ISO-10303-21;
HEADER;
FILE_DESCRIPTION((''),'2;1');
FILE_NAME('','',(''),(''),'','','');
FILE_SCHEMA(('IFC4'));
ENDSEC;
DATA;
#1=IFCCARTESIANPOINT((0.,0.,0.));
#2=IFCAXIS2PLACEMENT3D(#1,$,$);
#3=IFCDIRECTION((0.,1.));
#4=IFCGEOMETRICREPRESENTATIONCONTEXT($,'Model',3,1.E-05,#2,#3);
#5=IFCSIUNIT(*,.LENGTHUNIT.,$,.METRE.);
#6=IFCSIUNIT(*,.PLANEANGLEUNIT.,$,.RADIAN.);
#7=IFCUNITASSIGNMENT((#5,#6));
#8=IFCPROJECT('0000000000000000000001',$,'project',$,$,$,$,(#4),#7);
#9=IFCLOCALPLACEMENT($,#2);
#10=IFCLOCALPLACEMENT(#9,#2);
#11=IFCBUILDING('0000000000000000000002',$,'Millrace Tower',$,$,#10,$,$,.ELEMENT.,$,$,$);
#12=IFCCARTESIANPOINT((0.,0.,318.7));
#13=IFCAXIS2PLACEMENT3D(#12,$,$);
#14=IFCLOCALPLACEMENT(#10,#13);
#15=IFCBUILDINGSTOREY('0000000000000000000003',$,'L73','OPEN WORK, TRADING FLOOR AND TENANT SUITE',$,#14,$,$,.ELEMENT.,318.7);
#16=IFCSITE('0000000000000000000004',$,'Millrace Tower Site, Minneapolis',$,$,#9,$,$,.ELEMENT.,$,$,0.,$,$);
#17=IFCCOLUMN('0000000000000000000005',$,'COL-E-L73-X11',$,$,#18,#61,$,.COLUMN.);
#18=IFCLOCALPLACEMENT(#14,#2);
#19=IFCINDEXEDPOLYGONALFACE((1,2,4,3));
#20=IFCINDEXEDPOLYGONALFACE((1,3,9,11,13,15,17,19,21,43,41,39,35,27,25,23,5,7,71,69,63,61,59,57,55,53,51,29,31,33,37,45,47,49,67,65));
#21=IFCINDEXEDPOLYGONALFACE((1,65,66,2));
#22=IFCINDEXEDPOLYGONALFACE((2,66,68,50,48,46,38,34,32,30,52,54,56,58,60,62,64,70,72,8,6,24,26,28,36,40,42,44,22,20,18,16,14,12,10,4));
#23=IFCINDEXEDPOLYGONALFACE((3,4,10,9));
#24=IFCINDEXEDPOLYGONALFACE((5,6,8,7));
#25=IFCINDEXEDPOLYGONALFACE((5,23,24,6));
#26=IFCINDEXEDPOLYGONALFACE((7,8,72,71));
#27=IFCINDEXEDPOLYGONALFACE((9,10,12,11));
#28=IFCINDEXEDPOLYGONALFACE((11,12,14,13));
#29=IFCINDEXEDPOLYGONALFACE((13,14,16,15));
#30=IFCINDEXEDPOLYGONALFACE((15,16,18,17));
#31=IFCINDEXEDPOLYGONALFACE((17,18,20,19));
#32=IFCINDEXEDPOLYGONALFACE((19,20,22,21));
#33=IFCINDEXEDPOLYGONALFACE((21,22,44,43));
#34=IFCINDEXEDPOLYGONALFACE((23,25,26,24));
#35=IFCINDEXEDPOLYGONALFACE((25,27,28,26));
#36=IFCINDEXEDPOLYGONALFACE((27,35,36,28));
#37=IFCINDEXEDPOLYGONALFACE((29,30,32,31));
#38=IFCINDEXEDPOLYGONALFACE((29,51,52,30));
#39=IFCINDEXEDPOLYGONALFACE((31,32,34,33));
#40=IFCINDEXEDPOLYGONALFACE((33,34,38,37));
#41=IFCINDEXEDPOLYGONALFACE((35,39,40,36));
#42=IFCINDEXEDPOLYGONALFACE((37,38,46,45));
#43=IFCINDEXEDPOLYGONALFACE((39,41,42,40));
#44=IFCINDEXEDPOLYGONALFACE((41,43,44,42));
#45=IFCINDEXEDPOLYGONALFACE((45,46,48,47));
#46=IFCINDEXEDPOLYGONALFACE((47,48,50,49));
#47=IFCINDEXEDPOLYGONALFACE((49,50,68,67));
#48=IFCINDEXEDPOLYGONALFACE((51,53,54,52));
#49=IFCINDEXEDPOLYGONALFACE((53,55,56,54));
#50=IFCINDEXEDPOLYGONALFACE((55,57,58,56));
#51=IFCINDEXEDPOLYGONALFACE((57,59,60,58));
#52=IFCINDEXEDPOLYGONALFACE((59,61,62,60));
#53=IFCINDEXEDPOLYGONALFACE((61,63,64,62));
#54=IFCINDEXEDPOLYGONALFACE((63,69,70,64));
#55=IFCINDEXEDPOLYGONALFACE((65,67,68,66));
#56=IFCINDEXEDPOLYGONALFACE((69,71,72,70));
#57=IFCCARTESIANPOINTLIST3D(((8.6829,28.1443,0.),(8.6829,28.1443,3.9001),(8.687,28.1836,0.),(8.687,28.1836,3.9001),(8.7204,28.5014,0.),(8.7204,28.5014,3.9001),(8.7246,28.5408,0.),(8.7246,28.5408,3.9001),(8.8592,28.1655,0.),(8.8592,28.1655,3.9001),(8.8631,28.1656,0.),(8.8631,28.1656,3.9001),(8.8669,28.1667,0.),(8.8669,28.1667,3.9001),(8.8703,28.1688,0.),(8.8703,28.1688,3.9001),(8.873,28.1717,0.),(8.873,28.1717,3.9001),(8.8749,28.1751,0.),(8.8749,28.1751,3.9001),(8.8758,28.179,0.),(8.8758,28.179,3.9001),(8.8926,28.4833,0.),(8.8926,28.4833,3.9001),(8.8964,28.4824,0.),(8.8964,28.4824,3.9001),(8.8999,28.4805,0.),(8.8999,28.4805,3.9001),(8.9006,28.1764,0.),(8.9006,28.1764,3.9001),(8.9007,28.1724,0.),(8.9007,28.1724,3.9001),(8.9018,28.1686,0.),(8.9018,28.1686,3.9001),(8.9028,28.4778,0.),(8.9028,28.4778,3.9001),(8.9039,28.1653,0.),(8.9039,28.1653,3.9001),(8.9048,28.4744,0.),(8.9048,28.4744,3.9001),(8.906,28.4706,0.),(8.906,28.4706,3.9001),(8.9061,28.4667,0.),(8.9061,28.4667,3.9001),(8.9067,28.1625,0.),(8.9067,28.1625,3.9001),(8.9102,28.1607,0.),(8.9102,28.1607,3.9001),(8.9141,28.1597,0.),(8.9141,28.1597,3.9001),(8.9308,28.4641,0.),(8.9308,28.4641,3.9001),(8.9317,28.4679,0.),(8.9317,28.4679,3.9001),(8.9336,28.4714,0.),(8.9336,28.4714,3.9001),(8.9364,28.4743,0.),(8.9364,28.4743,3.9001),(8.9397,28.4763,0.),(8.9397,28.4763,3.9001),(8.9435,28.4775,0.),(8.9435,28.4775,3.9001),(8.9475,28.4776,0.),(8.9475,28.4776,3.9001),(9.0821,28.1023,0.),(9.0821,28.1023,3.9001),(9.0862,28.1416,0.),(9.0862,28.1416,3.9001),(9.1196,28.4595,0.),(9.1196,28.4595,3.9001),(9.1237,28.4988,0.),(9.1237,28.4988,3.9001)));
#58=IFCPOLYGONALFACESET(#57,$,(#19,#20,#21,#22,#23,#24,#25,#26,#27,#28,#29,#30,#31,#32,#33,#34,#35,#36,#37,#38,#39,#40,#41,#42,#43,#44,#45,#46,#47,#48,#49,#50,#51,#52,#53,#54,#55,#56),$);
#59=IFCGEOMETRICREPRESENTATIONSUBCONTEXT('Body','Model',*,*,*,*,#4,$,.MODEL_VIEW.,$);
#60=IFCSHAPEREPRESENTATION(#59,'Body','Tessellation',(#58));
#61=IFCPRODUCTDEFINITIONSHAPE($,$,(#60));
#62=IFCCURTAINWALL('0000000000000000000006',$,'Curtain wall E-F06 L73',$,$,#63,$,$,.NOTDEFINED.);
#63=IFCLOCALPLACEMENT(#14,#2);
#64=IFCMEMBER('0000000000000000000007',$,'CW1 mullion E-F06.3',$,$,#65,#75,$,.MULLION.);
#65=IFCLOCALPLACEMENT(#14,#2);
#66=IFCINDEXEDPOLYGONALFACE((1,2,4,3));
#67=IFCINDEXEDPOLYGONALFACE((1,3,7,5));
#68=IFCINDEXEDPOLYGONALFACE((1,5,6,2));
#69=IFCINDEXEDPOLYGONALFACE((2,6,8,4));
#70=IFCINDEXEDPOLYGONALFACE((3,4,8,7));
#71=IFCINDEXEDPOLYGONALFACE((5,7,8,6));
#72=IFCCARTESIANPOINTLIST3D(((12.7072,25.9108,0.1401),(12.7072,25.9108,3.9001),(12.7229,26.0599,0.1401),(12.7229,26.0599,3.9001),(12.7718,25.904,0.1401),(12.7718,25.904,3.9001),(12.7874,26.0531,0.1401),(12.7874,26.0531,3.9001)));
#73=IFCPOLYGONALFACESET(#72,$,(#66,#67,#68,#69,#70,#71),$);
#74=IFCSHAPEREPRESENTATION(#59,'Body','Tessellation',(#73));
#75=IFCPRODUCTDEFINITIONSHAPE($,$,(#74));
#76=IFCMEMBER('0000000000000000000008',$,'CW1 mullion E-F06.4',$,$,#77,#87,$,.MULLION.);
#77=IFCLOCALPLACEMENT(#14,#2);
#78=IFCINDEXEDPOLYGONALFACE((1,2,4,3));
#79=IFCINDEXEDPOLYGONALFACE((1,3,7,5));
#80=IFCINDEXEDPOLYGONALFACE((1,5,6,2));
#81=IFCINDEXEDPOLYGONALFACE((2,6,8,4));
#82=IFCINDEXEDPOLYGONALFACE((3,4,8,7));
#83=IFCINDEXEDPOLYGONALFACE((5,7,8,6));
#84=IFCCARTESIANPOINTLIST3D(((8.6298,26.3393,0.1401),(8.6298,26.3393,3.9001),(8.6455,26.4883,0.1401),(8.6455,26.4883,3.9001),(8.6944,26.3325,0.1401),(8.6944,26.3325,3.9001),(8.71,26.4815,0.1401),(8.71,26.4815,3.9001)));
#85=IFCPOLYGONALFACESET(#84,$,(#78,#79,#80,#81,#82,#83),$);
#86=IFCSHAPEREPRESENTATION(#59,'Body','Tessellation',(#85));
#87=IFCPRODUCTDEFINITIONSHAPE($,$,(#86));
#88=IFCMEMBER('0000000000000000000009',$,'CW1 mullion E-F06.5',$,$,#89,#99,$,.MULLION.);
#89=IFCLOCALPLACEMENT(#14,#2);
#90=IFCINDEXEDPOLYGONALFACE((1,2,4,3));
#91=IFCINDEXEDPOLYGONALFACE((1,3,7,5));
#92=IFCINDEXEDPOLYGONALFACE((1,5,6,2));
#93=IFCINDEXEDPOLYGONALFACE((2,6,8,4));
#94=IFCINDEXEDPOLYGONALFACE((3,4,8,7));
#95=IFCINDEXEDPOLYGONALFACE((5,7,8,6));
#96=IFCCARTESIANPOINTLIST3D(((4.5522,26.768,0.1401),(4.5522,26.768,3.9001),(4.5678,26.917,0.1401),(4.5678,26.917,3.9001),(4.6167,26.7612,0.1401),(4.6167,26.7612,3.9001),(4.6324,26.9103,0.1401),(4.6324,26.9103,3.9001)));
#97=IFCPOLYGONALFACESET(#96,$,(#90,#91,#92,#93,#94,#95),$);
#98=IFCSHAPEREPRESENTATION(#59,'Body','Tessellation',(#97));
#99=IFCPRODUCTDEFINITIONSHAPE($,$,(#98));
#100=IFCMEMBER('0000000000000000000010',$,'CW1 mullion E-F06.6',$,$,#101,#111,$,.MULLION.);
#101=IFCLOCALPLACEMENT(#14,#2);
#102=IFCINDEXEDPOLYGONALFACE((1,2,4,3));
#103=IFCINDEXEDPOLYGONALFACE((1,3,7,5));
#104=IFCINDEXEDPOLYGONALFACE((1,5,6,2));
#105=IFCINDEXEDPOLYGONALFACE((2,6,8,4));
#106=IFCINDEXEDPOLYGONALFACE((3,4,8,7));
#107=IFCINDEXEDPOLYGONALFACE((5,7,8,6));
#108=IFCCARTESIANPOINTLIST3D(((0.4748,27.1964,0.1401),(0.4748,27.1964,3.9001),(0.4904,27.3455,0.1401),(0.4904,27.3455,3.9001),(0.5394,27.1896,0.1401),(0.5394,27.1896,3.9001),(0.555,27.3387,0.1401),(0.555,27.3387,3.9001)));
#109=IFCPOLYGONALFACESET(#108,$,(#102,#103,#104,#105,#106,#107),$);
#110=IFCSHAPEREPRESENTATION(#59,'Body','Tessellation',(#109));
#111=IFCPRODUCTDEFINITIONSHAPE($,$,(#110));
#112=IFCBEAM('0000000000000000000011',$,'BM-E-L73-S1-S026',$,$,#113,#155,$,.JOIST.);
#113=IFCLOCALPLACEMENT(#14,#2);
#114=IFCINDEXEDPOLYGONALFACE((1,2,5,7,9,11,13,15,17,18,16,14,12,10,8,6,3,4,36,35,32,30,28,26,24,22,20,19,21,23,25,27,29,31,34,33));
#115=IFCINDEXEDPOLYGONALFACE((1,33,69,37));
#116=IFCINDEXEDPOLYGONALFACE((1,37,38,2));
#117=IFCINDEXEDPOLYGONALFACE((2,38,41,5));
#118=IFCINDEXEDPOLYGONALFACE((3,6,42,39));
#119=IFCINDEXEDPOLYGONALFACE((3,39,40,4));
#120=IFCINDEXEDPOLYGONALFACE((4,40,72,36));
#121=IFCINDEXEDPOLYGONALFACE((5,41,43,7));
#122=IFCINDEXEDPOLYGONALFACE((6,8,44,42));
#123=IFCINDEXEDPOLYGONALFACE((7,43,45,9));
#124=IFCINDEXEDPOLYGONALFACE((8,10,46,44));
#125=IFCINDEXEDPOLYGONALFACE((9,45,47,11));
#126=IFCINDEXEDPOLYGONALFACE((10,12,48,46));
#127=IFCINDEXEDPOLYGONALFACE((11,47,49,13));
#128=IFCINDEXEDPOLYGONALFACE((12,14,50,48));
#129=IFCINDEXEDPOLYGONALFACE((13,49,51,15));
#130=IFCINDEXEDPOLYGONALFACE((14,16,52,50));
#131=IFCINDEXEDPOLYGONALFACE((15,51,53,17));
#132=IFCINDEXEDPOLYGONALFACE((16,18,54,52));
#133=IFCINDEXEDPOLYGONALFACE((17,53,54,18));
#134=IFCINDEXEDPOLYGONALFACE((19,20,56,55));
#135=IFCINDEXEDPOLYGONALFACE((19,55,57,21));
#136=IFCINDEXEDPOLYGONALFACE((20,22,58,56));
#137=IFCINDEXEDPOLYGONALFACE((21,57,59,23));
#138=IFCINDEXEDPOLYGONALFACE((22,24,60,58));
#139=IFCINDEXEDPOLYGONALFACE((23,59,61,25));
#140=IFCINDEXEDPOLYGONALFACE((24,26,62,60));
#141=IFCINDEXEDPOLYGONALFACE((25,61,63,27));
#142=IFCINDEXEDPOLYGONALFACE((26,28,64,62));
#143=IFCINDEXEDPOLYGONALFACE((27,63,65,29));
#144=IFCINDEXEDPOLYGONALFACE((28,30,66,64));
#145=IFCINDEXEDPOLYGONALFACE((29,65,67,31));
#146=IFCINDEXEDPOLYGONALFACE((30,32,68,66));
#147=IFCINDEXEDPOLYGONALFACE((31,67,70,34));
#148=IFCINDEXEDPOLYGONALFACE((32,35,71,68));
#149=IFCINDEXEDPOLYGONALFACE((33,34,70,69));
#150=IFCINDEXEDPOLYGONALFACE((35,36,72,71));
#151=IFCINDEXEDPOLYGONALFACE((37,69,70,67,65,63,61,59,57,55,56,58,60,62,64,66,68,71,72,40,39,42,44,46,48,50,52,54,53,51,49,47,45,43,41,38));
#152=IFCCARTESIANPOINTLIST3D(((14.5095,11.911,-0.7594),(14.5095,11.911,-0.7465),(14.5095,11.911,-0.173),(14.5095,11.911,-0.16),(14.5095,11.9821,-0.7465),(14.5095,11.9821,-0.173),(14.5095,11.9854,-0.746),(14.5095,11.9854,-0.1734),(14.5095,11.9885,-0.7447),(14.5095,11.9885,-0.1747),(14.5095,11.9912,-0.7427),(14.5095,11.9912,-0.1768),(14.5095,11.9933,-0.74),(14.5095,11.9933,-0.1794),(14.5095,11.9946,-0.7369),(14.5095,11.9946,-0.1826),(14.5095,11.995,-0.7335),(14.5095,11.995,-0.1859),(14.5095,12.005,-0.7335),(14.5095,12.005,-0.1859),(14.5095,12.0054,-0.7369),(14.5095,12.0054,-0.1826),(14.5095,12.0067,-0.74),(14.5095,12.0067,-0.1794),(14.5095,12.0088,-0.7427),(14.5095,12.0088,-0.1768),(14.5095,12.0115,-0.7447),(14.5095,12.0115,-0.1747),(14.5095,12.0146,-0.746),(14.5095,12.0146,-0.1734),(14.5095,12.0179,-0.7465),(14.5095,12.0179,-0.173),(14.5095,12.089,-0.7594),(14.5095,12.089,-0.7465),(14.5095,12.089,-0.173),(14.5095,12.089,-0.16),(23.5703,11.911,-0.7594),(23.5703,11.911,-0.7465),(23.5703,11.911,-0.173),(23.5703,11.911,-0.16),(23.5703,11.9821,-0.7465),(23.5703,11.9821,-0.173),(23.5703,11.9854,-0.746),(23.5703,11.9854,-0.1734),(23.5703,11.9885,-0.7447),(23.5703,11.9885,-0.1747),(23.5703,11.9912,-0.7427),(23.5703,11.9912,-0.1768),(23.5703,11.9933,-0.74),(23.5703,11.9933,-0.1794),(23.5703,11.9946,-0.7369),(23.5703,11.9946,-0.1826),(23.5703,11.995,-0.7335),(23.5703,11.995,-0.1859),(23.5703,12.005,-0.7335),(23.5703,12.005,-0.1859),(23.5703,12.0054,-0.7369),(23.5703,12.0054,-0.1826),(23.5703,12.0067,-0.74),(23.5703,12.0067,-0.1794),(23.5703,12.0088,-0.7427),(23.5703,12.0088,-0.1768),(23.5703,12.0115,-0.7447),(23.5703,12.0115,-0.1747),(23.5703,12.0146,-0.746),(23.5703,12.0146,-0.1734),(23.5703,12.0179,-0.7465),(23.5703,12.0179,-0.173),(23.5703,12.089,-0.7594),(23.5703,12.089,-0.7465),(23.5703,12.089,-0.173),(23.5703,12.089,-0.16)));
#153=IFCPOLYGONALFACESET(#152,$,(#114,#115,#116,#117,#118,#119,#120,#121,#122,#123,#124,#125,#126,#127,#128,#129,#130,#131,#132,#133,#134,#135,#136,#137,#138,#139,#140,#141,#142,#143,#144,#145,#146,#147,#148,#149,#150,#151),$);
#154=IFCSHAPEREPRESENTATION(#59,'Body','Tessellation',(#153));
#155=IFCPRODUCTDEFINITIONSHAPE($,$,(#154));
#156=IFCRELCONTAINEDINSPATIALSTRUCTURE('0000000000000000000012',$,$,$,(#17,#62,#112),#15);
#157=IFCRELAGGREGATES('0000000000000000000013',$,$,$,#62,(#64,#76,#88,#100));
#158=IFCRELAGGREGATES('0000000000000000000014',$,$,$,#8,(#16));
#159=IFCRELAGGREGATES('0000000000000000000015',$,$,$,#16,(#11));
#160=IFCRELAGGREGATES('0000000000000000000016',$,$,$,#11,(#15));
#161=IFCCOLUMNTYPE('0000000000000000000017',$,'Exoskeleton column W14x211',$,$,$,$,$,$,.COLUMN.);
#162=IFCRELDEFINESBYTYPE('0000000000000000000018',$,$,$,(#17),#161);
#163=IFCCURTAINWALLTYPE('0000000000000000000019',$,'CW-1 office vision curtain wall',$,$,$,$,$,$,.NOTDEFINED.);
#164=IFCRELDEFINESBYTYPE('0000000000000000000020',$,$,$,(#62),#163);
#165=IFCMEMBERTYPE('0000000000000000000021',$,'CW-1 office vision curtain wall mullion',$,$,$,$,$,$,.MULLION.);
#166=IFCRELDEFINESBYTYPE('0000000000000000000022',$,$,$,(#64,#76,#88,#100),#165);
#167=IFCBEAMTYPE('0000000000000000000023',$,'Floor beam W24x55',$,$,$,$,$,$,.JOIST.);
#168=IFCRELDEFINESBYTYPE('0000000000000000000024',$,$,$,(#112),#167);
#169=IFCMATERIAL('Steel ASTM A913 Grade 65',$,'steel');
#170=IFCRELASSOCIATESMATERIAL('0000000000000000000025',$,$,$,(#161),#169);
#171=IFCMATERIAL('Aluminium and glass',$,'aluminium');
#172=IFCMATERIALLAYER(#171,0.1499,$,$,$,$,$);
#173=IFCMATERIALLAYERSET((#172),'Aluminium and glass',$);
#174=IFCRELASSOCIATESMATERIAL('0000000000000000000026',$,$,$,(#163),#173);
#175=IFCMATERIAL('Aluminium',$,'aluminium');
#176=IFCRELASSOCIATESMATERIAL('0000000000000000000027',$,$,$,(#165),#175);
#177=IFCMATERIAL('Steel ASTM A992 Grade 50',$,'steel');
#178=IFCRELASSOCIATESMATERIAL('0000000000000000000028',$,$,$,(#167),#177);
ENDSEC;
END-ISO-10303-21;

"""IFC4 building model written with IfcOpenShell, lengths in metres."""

from ifc_helpers import new_model, si_unit, direction, frame, origin, origin_2d, place, context, subcontext, project, spatial, rectangle, i_section, extrude, material, layer, layer_set, material_profile, profile_set, type_object, element, aggregate, save


model = new_model("IFC4")

# Units and contexts
model_context = context("Model", 3, precision=1e-05, world=origin(), true_north=direction((0.0, 1.0)))
body_context = subcontext(model_context, "Body", "Model", "MODEL_VIEW")
ifc_project = project(units=[si_unit("LENGTHUNIT", "METRE"), si_unit("PLANEANGLEUNIT", "RADIAN")], contexts=[model_context])

# Site, building, storey
site_placement = place(None, origin())
site = spatial("IfcSite", under=ifc_project, at=site_placement, Name="Millrace Tower Site, Minneapolis", CompositionType="ELEMENT", RefElevation=0.0)
building_placement = place(site_placement, origin())
building = spatial("IfcBuilding", under=site, at=building_placement, Name="Millrace Tower", CompositionType="ELEMENT")
storey_placement = place(building_placement, frame((0.0, 0.0, 318.7)))
storey = spatial("IfcBuildingStorey", under=building, at=storey_placement, Name="L73", Description="OPEN WORK, TRADING FLOOR AND TENANT SUITE", CompositionType="ELEMENT", Elevation=318.7)

# Column
ifc_material_1 = material(Name="Steel ASTM A913 Grade 65", Category="steel")
ifc_material_profile_1 = material_profile(ifc_material_1, i_section(OverallWidth=0.4014, OverallDepth=0.3987, WebThickness=0.0249, FlangeThickness=0.0396, FilletRadius=0.0151, at=origin_2d()))
ifc_profile_set_1 = profile_set([ifc_material_profile_1], Name="Steel ASTM A913 Grade 65")
column_type = type_object("IfcColumnType", Name="Exoskeleton column W14x211", PredefinedType="COLUMN", material=ifc_profile_set_1)
column_placement = place(storey_placement, frame((8.9033, 28.3215, 0.0), z_axis=(0.0, 0.0, 1.0), x_axis=(-0.994522, 0.104528, 0.0)))
element("IfcColumn", 1, at=column_placement, inside=storey, type_object=column_type, Name="COL-E-L73-X11", PredefinedType="COLUMN", context=body_context, shape_type="SweptSolid", body=[
    extrude(i_section(OverallWidth=0.4014, OverallDepth=0.3987, WebThickness=0.0249, FlangeThickness=0.0396, FilletRadius=0.0151, at=origin_2d()), origin(), (0.0, 0.0, 1.0), 3.9001),
])

# Curtain wall, members
ifc_material_2 = material(Name="Aluminium and glass", Category="aluminium")
ifc_layer_1 = layer(ifc_material_2, 0.1499)
ifc_layer_set_1 = layer_set([ifc_layer_1], Name="Aluminium and glass")
curtain_wall_type = type_object("IfcCurtainWallType", Name="CW-1 office vision curtain wall", PredefinedType="NOTDEFINED", material=ifc_layer_set_1)
curtain_wall_placement = place(storey_placement, origin())
curtain_wall = element("IfcCurtainWall", 2, at=curtain_wall_placement, inside=storey, type_object=curtain_wall_type, Name="Curtain wall E-F06 L73", PredefinedType="NOTDEFINED")
ifc_material_3 = material(Name="Aluminium", Category="aluminium")
ifc_material_profile_2 = material_profile(ifc_material_3, rectangle(XDim=0.0649, YDim=0.1499, at=origin_2d()))
ifc_profile_set_2 = profile_set([ifc_material_profile_2], Name="Aluminium")
member_type = type_object("IfcMemberType", Name="CW-1 office vision curtain wall mullion", PredefinedType="MULLION", material=ifc_profile_set_2)
member_1_placement = place(storey_placement, frame((12.7473, 25.9819, 0.1401), z_axis=(0.0, 0.0, 1.0), x_axis=(-0.994522, 0.104528, 0.0)))
member_1 = element("IfcMember", 3, at=member_1_placement, type_object=member_type, Name="CW1 mullion E-F06.3", PredefinedType="MULLION", context=body_context, shape_type="SweptSolid", body=[
    extrude(rectangle(XDim=0.0649, YDim=0.1499, at=origin_2d()), origin(), (0.0, 0.0, 1.0), 3.76),
])
member_2_placement = place(storey_placement, frame((8.6699, 26.4104, 0.1401), z_axis=(0.0, 0.0, 1.0), x_axis=(-0.994522, 0.104528, 0.0)))
member_2 = element("IfcMember", 4, at=member_2_placement, type_object=member_type, Name="CW1 mullion E-F06.4", PredefinedType="MULLION", context=body_context, shape_type="SweptSolid", body=[
    extrude(rectangle(XDim=0.0649, YDim=0.1499, at=origin_2d()), origin(), (0.0, 0.0, 1.0), 3.76),
])
member_3_placement = place(storey_placement, frame((4.5923, 26.8391, 0.1401), z_axis=(0.0, 0.0, 1.0), x_axis=(-0.994522, 0.104528, 0.0)))
member_3 = element("IfcMember", 5, at=member_3_placement, type_object=member_type, Name="CW1 mullion E-F06.5", PredefinedType="MULLION", context=body_context, shape_type="SweptSolid", body=[
    extrude(rectangle(XDim=0.0649, YDim=0.1499, at=origin_2d()), origin(), (0.0, 0.0, 1.0), 3.76),
])
member_4_placement = place(storey_placement, frame((0.5149, 27.2676, 0.1401), z_axis=(0.0, 0.0, 1.0), x_axis=(-0.994522, 0.104528, 0.0)))
member_4 = element("IfcMember", 6, at=member_4_placement, type_object=member_type, Name="CW1 mullion E-F06.6", PredefinedType="MULLION", context=body_context, shape_type="SweptSolid", body=[
    extrude(rectangle(XDim=0.0649, YDim=0.1499, at=origin_2d()), origin(), (0.0, 0.0, 1.0), 3.76),
])
aggregate(curtain_wall, [member_1, member_2, member_3, member_4])

# Beam
ifc_material_4 = material(Name="Steel ASTM A992 Grade 50", Category="steel")
ifc_material_profile_3 = material_profile(ifc_material_4, i_section(OverallWidth=0.178, OverallDepth=0.5994, WebThickness=0.01, FlangeThickness=0.0129, FilletRadius=0.0129, at=origin_2d()))
ifc_profile_set_3 = profile_set([ifc_material_profile_3], Name="Steel ASTM A992 Grade 50")
beam_type_1 = type_object("IfcBeamType", Name="Floor beam W24x55", PredefinedType="JOIST", material=ifc_profile_set_3)
beam_1_placement = place(storey_placement, frame((14.5095, 12.0, -0.4597), z_axis=(1.0, 0.0, 0.0), x_axis=(0.0, 1.0, 0.0)))
element("IfcBeam", 7, at=beam_1_placement, inside=storey, type_object=beam_type_1, Name="BM-E-L73-S1-S026", PredefinedType="JOIST", context=body_context, shape_type="SweptSolid", body=[
    extrude(i_section(OverallWidth=0.178, OverallDepth=0.5994, WebThickness=0.01, FlangeThickness=0.0129, FilletRadius=0.0129, at=origin_2d()), origin(), (0.0, 0.0, 1.0), 9.0608),
])

save(model, "model.ifc")
